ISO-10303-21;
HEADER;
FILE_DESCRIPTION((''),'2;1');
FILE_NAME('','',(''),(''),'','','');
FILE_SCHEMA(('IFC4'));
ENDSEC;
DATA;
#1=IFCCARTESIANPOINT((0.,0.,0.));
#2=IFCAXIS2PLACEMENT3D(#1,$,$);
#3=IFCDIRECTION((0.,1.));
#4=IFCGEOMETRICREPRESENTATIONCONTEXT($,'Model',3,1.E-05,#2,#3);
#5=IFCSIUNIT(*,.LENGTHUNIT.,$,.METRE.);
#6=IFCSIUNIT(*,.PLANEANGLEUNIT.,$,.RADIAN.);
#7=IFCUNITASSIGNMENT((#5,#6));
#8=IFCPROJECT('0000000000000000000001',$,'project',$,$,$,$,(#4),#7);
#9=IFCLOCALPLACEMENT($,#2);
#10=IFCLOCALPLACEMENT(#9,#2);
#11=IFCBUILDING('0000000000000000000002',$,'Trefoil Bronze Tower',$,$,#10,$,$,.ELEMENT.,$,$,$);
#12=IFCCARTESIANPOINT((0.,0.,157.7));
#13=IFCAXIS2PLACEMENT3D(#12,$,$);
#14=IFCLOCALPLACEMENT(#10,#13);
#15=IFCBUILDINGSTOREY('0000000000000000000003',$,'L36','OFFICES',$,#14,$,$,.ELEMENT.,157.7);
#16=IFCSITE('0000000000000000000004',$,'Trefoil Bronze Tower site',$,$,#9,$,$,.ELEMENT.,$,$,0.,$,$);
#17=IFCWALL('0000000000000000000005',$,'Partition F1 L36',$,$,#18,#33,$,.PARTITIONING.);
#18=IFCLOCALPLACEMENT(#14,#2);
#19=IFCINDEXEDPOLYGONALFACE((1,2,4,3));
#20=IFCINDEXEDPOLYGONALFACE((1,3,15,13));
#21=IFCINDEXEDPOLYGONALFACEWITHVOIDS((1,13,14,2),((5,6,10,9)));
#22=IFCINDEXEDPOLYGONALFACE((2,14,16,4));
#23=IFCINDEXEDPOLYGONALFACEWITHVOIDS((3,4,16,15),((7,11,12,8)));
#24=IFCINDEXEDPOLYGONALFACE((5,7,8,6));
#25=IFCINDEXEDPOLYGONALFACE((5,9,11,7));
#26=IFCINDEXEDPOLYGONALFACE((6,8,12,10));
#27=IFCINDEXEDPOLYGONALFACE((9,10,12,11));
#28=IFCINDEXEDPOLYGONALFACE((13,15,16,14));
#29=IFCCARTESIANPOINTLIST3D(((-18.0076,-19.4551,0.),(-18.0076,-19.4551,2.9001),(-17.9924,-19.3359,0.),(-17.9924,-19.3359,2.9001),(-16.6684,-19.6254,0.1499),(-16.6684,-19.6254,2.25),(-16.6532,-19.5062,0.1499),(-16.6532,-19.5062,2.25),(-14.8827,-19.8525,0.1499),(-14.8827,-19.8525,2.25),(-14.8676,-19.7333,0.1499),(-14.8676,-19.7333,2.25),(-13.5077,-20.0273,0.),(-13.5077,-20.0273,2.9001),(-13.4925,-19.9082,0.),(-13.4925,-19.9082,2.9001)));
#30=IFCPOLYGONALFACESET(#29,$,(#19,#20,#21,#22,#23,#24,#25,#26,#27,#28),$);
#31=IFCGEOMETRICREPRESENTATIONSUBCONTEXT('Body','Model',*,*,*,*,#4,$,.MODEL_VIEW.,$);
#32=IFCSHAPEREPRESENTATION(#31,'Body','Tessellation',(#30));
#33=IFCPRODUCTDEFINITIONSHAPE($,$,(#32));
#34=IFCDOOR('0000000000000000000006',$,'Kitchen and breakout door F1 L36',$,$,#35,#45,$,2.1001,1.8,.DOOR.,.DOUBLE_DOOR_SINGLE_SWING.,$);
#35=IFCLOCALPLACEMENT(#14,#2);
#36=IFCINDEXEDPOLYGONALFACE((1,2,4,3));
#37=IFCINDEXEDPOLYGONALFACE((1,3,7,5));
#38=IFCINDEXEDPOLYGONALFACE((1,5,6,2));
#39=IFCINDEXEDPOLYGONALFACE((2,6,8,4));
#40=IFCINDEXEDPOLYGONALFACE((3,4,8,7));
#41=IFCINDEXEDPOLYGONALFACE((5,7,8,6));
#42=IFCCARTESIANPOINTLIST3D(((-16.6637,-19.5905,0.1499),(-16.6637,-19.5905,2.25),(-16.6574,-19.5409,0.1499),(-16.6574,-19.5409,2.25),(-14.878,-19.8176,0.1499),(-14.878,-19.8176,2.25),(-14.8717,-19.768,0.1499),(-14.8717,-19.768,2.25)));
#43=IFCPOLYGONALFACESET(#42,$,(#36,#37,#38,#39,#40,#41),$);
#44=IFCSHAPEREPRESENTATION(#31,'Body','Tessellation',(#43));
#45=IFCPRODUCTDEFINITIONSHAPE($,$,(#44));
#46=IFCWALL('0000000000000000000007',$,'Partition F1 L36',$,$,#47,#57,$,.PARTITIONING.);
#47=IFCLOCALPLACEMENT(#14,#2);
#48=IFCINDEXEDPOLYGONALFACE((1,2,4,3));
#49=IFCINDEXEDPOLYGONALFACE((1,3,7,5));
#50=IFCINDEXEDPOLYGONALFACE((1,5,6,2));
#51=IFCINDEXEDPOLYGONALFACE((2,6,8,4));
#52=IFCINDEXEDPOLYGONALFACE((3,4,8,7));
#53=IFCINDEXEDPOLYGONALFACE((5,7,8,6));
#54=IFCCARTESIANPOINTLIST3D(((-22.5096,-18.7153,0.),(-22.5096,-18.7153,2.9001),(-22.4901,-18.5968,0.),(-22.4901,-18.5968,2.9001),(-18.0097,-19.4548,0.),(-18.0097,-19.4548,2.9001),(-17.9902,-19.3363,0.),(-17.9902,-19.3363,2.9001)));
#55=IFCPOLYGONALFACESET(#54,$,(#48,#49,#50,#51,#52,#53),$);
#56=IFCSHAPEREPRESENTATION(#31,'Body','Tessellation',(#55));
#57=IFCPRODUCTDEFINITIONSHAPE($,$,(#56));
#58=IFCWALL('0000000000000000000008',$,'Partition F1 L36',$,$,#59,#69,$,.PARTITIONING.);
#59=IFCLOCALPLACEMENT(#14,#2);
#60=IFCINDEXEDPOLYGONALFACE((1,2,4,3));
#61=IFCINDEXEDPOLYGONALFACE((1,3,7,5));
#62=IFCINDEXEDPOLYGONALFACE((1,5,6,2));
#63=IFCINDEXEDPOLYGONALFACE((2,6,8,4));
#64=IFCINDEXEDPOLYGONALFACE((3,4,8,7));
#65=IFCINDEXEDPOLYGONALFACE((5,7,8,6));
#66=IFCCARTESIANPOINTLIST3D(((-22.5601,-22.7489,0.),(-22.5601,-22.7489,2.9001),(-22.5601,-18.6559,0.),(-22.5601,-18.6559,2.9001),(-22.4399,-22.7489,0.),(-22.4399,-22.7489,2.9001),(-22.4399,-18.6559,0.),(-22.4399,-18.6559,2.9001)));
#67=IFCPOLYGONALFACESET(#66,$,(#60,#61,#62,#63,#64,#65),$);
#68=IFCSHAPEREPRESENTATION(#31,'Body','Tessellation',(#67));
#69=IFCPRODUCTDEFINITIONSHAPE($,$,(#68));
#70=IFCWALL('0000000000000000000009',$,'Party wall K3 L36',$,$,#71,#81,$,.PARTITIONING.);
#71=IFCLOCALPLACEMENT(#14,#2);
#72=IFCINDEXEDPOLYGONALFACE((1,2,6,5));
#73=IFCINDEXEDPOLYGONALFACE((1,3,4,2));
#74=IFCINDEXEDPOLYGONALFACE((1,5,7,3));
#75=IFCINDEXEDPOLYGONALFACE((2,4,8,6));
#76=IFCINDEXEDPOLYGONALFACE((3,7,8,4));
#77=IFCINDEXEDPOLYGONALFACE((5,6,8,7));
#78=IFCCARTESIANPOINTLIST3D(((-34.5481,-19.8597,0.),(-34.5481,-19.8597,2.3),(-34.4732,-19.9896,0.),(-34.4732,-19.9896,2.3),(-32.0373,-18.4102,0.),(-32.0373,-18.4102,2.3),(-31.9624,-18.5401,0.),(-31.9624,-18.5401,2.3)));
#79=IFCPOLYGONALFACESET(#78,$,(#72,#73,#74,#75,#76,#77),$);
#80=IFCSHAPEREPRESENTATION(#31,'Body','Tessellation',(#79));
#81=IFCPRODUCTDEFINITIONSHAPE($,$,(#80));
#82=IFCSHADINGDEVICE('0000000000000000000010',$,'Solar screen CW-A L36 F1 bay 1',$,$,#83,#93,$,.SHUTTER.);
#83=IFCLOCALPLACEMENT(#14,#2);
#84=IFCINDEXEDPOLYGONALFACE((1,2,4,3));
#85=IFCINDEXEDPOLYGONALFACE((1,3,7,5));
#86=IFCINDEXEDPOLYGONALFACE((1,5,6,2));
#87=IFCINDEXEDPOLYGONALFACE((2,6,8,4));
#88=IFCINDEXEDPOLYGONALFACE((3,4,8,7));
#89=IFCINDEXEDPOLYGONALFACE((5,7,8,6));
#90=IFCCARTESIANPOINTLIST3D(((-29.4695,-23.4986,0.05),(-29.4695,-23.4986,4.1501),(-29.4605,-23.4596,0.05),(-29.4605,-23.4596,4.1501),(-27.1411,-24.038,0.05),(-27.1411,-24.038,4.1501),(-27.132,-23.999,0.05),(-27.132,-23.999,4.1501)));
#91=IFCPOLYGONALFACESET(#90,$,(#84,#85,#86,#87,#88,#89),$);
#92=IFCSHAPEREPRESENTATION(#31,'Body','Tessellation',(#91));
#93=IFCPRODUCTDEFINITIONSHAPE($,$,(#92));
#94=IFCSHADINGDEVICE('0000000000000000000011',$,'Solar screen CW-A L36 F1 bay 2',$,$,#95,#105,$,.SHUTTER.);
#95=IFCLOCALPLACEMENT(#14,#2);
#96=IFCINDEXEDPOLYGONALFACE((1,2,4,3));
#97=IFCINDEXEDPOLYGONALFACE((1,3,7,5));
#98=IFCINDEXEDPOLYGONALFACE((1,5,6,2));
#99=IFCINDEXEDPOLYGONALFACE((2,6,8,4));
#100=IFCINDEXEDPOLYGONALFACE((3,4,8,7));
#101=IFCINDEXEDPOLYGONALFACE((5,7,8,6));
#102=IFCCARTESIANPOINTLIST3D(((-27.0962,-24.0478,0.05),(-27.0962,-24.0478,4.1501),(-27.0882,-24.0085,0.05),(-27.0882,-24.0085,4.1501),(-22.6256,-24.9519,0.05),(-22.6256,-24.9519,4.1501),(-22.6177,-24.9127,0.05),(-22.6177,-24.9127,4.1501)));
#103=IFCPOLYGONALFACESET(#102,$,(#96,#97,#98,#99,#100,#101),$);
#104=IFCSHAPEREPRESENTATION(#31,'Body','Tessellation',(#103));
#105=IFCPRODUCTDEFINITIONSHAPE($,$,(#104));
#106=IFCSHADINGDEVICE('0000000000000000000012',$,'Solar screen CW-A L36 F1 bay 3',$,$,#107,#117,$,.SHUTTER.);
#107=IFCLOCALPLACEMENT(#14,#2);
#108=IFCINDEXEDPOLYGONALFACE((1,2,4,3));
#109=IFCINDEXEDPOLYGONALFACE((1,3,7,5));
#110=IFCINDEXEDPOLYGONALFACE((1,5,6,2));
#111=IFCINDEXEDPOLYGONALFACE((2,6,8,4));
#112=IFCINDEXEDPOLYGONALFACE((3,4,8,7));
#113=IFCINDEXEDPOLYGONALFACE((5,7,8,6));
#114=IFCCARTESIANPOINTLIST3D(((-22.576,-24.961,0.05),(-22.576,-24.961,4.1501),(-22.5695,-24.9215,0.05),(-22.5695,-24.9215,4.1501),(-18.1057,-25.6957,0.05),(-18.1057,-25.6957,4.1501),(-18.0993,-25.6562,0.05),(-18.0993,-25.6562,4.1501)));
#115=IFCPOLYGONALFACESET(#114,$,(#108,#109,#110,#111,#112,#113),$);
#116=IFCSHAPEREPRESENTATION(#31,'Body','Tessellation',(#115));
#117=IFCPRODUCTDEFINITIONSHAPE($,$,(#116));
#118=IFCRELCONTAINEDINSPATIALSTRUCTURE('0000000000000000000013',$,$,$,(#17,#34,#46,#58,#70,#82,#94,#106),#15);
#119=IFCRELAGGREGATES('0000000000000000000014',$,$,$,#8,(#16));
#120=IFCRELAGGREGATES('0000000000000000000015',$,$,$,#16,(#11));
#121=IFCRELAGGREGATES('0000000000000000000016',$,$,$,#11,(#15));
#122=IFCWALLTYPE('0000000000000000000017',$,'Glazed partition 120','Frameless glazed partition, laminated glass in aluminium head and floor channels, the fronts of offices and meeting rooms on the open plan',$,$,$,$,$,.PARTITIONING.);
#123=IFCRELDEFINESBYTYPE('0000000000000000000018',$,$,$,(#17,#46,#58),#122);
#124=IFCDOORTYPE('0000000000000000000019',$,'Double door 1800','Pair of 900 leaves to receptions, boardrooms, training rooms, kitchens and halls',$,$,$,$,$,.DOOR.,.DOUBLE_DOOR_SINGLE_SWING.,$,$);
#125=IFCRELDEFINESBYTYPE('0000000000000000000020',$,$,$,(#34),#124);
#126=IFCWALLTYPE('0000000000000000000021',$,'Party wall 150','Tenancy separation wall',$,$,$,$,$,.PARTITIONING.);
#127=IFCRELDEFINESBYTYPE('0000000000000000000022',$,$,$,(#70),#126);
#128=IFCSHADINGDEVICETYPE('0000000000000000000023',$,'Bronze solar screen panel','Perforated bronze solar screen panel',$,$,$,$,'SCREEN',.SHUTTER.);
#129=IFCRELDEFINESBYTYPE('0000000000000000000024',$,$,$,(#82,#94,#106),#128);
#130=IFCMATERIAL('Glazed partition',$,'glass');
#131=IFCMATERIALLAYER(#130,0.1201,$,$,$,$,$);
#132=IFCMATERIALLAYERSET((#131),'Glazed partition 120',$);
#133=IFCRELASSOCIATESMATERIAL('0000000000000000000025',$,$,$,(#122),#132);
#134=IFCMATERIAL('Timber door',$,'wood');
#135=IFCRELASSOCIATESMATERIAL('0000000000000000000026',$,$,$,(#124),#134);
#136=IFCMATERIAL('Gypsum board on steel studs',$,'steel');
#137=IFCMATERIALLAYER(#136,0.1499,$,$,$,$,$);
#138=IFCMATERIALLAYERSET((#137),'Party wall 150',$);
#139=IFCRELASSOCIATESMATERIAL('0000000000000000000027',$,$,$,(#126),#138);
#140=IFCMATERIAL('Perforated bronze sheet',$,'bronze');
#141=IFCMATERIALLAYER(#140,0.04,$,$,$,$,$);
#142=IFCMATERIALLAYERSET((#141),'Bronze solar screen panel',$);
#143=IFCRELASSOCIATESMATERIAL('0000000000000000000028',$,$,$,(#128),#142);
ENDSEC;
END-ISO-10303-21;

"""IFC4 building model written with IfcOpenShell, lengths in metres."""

from ifc_helpers import new_model, si_unit, direction, frame, frame_2d, origin, origin_2d, place, context, subcontext, project, spatial, rectangle, extrude, material, layer, layer_set, type_object, element, fill, save


model = new_model("IFC4")

# Units and contexts
model_context = context("Model", 3, precision=1e-05, world=origin(), true_north=direction((0.0, 1.0)))
body_context = subcontext(model_context, "Body", "Model", "MODEL_VIEW")
ifc_project = project(units=[si_unit("LENGTHUNIT", "METRE"), si_unit("PLANEANGLEUNIT", "RADIAN")], contexts=[model_context])

# Site, building, storey
site_placement = place(None, origin())
site = spatial("IfcSite", under=ifc_project, at=site_placement, Name="Trefoil Bronze Tower site", CompositionType="ELEMENT", RefElevation=0.0)
building_placement = place(site_placement, origin())
building = spatial("IfcBuilding", under=site, at=building_placement, Name="Trefoil Bronze Tower", CompositionType="ELEMENT")
storey_placement = place(building_placement, frame((0.0, 0.0, 157.7)))
storey = spatial("IfcBuildingStorey", under=building, at=storey_placement, Name="L36", Description="OFFICES", CompositionType="ELEMENT", Elevation=157.7)

# Wall, opening, door
ifc_material_1 = material(Name="Glazed partition", Category="glass")
ifc_layer_1 = layer(ifc_material_1, 0.1201)
ifc_layer_set_1 = layer_set([ifc_layer_1], Name="Glazed partition 120")
wall_type_1 = type_object("IfcWallType", Name="Glazed partition 120", Description="Frameless glazed partition, laminated glass in aluminium head and floor channels, the fronts of offices and meeting rooms on the open plan", PredefinedType="PARTITIONING", material=ifc_layer_set_1)
wall_1_placement = place(storey_placement, frame((-18.0, -19.3955, 0.0), z_axis=(0.0, 0.0, 1.0), x_axis=(0.992011, -0.126154, 0.0)))
wall_1 = element("IfcWall", 1, at=wall_1_placement, inside=storey, type_object=wall_type_1, Name="Partition F1 L36", PredefinedType="PARTITIONING", context=body_context, shape_type="SweptSolid", body=[
    extrude(rectangle(XDim=4.5361, YDim=0.1201, at=frame_2d((2.2681, 0.0))), origin(), (0.0, 0.0, 1.0), 2.9001),
])
opening_placement = place(wall_1_placement, frame((1.3501, 0.0, 0.1499)))
opening = element("IfcOpeningElement", 2, at=opening_placement, cuts=wall_1, PredefinedType="OPENING", context=body_context, shape_type="SweptSolid", body=[
    extrude(rectangle(XDim=1.8, YDim=2.1001, at=frame_2d((0.8999, 1.05))), frame((0.0, 0.0701, 0.0), z_axis=(0.0, -1.0, 0.0), x_axis=(1.0, 0.0, 0.0)), (0.0, 0.0, 1.0), 0.1401),
])
ifc_material_2 = material(Name="Timber door", Category="wood")
door_type = type_object("IfcDoorType", Name="Double door 1800", Description="Pair of 900 leaves to receptions, boardrooms, training rooms, kitchens and halls", OperationType="DOUBLE_DOOR_SINGLE_SWING", PredefinedType="DOOR", material=ifc_material_2)
door_placement = place(opening_placement, frame((1.8, 0.0, 0.0), z_axis=(0.0, 0.0, 1.0), x_axis=(-1.0, 0.0, 0.0)))
door = element("IfcDoor", 3, at=door_placement, inside=storey, type_object=door_type, Name="Kitchen and breakout door F1 L36", OperationType="DOUBLE_DOOR_SINGLE_SWING", OverallHeight=2.1001, OverallWidth=1.8, PredefinedType="DOOR", context=body_context, shape_type="SweptSolid", body=[
    extrude(rectangle(XDim=1.8, YDim=2.1001, at=frame_2d((0.8999, 1.05))), frame((0.0, 0.0249, 0.0), z_axis=(0.0, -1.0, 0.0), x_axis=(1.0, 0.0, 0.0)), (0.0, 0.0, 1.0), 0.05),
])
fill(opening, door)

# Walls
wall_2_placement = place(storey_placement, frame((-22.5, -18.656, 0.0), z_axis=(0.0, 0.0, 1.0), x_axis=(0.986765, -0.162159, 0.0)))
element("IfcWall", 4, at=wall_2_placement, inside=storey, type_object=wall_type_1, Name="Partition F1 L36", PredefinedType="PARTITIONING", context=body_context, shape_type="SweptSolid", body=[
    extrude(rectangle(XDim=4.5603, YDim=0.1201, at=frame_2d((2.2803, 0.0))), origin(), (0.0, 0.0, 1.0), 2.9001),
])
wall_3_placement = place(storey_placement, frame((-22.5, -18.656, 0.0), z_axis=(0.0, 0.0, 1.0), x_axis=(0.0, -1.0, 0.0)))
element("IfcWall", 5, at=wall_3_placement, inside=storey, type_object=wall_type_1, Name="Partition F1 L36", PredefinedType="PARTITIONING", context=body_context, shape_type="SweptSolid", body=[
    extrude(rectangle(XDim=4.093, YDim=0.1201, at=frame_2d((2.0464, 0.0))), origin(), (0.0, 0.0, 1.0), 2.9001),
])
ifc_material_3 = material(Name="Gypsum board on steel studs", Category="steel")
ifc_layer_2 = layer(ifc_material_3, 0.1499)
ifc_layer_set_2 = layer_set([ifc_layer_2], Name="Party wall 150")
wall_type_2 = type_object("IfcWallType", Name="Party wall 150", Description="Tenancy separation wall", PredefinedType="PARTITIONING", material=ifc_layer_set_2)
wall_4_placement = place(storey_placement, frame((-31.9998, -18.4751, 0.0), z_axis=(0.0, 0.0, 1.0), x_axis=(-0.866043, -0.49997, 0.0)))
element("IfcWall", 6, at=wall_4_placement, inside=storey, type_object=wall_type_2, Name="Party wall K3 L36", PredefinedType="PARTITIONING", context=body_context, shape_type="SweptSolid", body=[
    extrude(rectangle(XDim=2.8992, YDim=0.1499, at=frame_2d((1.4497, 0.0))), origin(), (0.0, 0.0, 1.0), 2.3),
])

# Shading devices
ifc_material_4 = material(Name="Perforated bronze sheet", Category="bronze")
ifc_layer_3 = layer(ifc_material_4, 0.04)
ifc_layer_set_3 = layer_set([ifc_layer_3], Name="Bronze solar screen panel")
shading_device_type = type_object("IfcShadingDeviceType", Name="Bronze solar screen panel", Description="Perforated bronze solar screen panel", ElementType="SCREEN", PredefinedType="SHUTTER", material=ifc_layer_set_3)
shading_device_1_placement = place(storey_placement, frame((-28.3008, -23.7488, 0.05), z_axis=(0.0, 0.0, 1.0), x_axis=(0.974204, -0.225667, 0.0)))
element("IfcShadingDevice", 7, at=shading_device_1_placement, inside=storey, type_object=shading_device_type, Name="Solar screen CW-A L36 F1 bay 1", PredefinedType="SHUTTER", context=body_context, shape_type="SweptSolid", body=[
    extrude(rectangle(XDim=2.3901, YDim=0.04, at=origin_2d()), origin(), (0.0, 0.0, 1.0), 4.1001),
])
shading_device_2_placement = place(storey_placement, frame((-24.8569, -24.4802, 0.05), z_axis=(0.0, 0.0, 1.0), x_axis=(0.980155, -0.198232, 0.0)))
element("IfcShadingDevice", 8, at=shading_device_2_placement, inside=storey, type_object=shading_device_type, Name="Solar screen CW-A L36 F1 bay 2", PredefinedType="SHUTTER", context=body_context, shape_type="SweptSolid", body=[
    extrude(rectangle(XDim=4.561, YDim=0.04, at=origin_2d()), origin(), (0.0, 0.0, 1.0), 4.1001),
])
shading_device_3_placement = place(storey_placement, frame((-20.3376, -25.3086, 0.05), z_axis=(0.0, 0.0, 1.0), x_axis=(0.98676, -0.162189, 0.0)))
element("IfcShadingDevice", 9, at=shading_device_3_placement, inside=storey, type_object=shading_device_type, Name="Solar screen CW-A L36 F1 bay 3", PredefinedType="SHUTTER", context=body_context, shape_type="SweptSolid", body=[
    extrude(rectangle(XDim=4.5303, YDim=0.04, at=origin_2d()), origin(), (0.0, 0.0, 1.0), 4.1001),
])

save(model, "model.ifc")
